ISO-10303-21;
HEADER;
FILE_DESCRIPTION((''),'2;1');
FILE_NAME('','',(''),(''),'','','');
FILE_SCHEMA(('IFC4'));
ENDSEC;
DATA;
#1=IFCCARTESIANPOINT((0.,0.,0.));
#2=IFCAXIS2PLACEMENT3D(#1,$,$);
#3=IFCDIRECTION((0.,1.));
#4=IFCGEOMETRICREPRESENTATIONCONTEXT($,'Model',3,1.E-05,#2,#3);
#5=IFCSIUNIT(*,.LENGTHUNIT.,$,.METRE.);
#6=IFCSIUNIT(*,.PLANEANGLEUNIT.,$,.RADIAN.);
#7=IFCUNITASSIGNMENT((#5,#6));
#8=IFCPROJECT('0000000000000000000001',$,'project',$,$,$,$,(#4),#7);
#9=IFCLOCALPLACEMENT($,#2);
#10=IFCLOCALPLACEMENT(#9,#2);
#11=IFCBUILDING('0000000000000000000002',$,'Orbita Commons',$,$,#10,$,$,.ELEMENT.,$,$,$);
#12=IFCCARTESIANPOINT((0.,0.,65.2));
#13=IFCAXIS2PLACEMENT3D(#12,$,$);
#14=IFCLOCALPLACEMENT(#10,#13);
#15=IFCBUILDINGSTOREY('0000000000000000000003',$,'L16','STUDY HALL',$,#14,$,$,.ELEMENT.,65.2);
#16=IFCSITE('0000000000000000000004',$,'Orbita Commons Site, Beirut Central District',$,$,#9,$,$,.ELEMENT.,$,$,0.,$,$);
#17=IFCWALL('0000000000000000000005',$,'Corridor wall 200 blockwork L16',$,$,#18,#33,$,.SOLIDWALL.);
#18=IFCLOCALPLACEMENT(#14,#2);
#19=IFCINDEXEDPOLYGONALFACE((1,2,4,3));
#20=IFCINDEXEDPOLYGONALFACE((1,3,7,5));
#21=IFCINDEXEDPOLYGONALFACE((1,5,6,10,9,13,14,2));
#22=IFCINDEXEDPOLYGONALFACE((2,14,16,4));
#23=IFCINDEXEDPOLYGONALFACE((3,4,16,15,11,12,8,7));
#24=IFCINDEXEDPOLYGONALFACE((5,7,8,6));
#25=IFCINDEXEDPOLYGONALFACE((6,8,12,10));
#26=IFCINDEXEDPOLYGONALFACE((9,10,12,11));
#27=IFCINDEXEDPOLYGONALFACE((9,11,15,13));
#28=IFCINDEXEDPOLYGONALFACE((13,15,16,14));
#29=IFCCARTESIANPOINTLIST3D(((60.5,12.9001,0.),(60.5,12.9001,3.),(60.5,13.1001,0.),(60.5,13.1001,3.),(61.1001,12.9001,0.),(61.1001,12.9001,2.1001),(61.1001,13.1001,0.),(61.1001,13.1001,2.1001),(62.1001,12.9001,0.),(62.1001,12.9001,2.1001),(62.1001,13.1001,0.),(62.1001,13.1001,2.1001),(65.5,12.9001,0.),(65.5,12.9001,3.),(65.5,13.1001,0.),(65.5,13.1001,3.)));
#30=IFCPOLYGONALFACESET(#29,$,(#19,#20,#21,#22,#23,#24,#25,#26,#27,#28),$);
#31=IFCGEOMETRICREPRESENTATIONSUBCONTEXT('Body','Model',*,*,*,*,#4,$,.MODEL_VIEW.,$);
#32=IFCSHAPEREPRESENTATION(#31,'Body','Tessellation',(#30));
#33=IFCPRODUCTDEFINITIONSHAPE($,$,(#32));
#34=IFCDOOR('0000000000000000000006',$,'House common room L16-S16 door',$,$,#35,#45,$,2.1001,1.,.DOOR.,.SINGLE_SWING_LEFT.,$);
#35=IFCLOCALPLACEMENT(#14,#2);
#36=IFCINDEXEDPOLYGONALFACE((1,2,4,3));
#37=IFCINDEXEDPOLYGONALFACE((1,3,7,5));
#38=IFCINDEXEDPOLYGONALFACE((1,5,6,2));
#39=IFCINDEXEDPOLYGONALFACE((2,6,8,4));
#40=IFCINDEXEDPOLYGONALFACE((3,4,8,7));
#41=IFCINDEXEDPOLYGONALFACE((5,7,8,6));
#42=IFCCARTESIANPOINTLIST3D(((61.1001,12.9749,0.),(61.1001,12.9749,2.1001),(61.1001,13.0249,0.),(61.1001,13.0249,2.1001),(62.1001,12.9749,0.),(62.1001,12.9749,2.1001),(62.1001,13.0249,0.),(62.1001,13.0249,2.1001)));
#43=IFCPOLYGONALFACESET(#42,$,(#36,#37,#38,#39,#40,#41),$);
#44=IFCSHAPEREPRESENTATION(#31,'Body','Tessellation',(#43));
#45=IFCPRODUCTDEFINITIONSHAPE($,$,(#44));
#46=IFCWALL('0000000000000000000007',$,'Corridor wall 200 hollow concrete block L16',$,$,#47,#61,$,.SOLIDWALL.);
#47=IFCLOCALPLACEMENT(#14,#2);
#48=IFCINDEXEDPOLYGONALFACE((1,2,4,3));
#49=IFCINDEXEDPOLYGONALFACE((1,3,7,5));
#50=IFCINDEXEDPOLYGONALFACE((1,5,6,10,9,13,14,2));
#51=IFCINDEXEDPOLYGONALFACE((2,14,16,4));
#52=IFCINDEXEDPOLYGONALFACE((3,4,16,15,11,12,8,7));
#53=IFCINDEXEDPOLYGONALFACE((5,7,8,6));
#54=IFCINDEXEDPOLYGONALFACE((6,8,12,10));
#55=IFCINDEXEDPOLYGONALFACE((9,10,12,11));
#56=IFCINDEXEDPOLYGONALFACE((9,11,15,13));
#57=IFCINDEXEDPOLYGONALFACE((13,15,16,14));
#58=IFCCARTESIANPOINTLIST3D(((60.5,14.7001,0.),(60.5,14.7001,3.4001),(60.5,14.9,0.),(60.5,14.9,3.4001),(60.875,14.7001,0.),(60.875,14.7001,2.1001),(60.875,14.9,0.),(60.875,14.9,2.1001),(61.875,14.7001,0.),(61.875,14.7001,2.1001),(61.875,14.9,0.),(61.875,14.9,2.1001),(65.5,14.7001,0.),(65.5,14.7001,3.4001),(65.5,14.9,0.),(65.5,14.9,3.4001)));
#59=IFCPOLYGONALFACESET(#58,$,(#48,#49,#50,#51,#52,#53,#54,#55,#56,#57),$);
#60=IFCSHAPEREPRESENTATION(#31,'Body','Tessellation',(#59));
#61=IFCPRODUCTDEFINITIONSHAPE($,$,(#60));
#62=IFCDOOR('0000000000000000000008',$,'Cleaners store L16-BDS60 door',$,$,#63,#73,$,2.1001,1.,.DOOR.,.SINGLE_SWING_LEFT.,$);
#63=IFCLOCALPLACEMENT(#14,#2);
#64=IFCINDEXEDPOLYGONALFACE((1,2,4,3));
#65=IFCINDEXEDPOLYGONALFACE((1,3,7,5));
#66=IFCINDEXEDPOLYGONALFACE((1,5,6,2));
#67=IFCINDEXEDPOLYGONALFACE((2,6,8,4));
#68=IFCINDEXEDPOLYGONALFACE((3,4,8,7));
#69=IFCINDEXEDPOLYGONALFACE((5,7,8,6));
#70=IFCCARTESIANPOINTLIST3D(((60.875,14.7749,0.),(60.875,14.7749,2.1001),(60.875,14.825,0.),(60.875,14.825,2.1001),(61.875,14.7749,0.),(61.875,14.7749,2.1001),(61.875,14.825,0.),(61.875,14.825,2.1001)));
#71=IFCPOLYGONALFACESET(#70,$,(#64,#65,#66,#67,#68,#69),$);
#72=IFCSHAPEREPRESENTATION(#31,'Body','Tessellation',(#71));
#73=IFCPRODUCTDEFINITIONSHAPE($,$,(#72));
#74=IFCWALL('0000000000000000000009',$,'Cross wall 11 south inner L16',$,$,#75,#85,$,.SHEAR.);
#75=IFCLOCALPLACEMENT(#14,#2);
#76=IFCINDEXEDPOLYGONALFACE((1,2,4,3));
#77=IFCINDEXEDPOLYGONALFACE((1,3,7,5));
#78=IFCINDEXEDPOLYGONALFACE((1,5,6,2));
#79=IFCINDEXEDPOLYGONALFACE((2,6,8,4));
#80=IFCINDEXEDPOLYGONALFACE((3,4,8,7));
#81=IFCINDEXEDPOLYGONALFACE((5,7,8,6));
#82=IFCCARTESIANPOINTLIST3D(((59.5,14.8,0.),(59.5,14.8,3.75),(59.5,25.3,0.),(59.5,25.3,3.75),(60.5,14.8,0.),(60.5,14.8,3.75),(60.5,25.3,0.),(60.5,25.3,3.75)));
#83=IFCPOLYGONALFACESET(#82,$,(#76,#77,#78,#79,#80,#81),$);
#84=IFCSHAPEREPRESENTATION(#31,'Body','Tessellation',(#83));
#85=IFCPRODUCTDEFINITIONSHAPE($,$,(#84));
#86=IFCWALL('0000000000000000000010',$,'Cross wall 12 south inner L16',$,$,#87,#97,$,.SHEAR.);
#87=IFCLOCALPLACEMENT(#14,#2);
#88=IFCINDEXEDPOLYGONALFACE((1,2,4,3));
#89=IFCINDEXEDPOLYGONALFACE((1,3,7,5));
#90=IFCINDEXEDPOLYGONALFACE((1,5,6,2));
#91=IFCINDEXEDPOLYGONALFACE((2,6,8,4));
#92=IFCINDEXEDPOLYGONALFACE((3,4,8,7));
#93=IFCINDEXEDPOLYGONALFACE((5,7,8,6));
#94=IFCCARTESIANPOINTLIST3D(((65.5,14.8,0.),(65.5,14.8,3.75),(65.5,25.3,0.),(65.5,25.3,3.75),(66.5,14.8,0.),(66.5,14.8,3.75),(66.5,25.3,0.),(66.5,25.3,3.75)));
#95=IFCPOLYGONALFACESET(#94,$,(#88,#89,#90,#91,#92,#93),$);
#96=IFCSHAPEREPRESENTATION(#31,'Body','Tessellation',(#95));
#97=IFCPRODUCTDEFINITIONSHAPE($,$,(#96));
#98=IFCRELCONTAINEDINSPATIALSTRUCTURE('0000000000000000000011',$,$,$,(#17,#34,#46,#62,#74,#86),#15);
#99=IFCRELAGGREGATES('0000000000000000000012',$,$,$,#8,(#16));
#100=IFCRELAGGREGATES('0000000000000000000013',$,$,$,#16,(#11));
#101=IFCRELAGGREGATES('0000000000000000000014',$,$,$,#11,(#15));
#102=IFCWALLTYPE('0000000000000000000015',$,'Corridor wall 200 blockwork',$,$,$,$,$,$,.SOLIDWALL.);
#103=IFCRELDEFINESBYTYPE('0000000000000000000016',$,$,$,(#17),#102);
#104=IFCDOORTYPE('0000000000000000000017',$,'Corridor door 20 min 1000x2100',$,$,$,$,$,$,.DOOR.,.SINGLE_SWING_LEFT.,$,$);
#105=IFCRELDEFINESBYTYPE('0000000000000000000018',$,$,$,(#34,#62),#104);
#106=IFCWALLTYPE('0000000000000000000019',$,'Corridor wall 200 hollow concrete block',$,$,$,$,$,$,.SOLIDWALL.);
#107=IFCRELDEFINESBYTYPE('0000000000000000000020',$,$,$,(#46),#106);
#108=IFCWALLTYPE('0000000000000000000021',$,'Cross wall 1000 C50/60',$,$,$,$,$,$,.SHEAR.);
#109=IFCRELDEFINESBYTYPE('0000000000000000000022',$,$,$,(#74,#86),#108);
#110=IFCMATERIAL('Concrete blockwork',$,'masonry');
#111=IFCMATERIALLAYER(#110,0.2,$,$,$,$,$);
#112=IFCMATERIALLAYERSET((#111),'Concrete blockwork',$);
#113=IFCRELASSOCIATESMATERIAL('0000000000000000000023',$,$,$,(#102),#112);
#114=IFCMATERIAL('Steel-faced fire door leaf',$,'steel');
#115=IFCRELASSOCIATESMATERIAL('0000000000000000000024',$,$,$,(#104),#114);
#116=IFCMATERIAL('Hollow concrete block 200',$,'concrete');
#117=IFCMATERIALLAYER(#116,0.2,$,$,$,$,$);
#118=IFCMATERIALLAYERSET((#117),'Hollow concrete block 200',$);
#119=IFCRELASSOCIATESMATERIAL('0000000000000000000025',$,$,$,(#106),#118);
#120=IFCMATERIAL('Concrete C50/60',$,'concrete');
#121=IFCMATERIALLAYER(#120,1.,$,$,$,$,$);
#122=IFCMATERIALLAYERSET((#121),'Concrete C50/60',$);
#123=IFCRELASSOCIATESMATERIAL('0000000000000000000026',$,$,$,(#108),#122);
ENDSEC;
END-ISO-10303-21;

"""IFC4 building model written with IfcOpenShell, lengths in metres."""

from ifc_helpers import new_model, si_unit, direction, frame, frame_2d, origin, place, context, subcontext, project, spatial, polyline, rectangle, outline, extrude, material, layer, layer_set, type_object, element, fill, save


model = new_model("IFC4")

# Units and contexts
model_context = context("Model", 3, precision=1e-05, world=origin(), true_north=direction((0.0, 1.0)))
body_context = subcontext(model_context, "Body", "Model", "MODEL_VIEW")
ifc_project = project(units=[si_unit("LENGTHUNIT", "METRE"), si_unit("PLANEANGLEUNIT", "RADIAN")], contexts=[model_context])

# Site, building, storey
site_placement = place(None, origin())
site = spatial("IfcSite", under=ifc_project, at=site_placement, Name="Orbita Commons Site, Beirut Central District", CompositionType="ELEMENT", RefElevation=0.0)
building_placement = place(site_placement, origin())
building = spatial("IfcBuilding", under=site, at=building_placement, Name="Orbita Commons", CompositionType="ELEMENT")
storey_placement = place(building_placement, frame((0.0, 0.0, 65.2)))
storey = spatial("IfcBuildingStorey", under=building, at=storey_placement, Name="L16", Description="STUDY HALL", CompositionType="ELEMENT", Elevation=65.2)

# Walls, openings, doors
ifc_material_1 = material(Name="Concrete blockwork", Category="masonry")
ifc_layer_1 = layer(ifc_material_1, 0.2)
ifc_layer_set_1 = layer_set([ifc_layer_1], Name="Concrete blockwork")
wall_type_1 = type_object("IfcWallType", Name="Corridor wall 200 blockwork", PredefinedType="SOLIDWALL", material=ifc_layer_set_1)
wall_1_placement = place(storey_placement, frame((60.5, 13.0, 0.0), z_axis=(0.0, 0.0, 1.0), x_axis=(1.0, 0.0, 0.0)))
wall_1 = element("IfcWall", 1, at=wall_1_placement, inside=storey, type_object=wall_type_1, Name="Corridor wall 200 blockwork L16", PredefinedType="SOLIDWALL", context=body_context, shape_type="SweptSolid", body=[
    extrude(outline(polyline([(0.0, 0.0), (5.0, 0.0), (5.0, 3.0), (0.0, 3.0), (0.0, 0.0)])), frame((0.0, 0.1001, 0.0), z_axis=(0.0, -1.0, 0.0), x_axis=(1.0, 0.0, 0.0)), (0.0, 0.0, 1.0), 0.2),
])
opening_1_placement = place(wall_1_placement, frame((0.6001, 0.0, 0.0)))
opening_1 = element("IfcOpeningElement", 2, at=opening_1_placement, cuts=wall_1, PredefinedType="OPENING", context=body_context, shape_type="SweptSolid", body=[
    extrude(rectangle(XDim=1.0, YDim=2.1001, at=frame_2d((0.5, 1.05))), frame((0.0, 0.1099, 0.0), z_axis=(0.0, -1.0, 0.0), x_axis=(1.0, 0.0, 0.0)), (0.0, 0.0, 1.0), 0.22),
])
ifc_material_2 = material(Name="Steel-faced fire door leaf", Category="steel")
door_type_1 = type_object("IfcDoorType", Name="Corridor door 20 min 1000x2100", OperationType="SINGLE_SWING_LEFT", PredefinedType="DOOR", material=ifc_material_2)
door_1_placement = place(opening_1_placement, origin())
door_1 = element("IfcDoor", 3, at=door_1_placement, inside=storey, type_object=door_type_1, Name="House common room L16-S16 door", OperationType="SINGLE_SWING_LEFT", OverallHeight=2.1001, OverallWidth=1.0, PredefinedType="DOOR", context=body_context, shape_type="SweptSolid", body=[
    extrude(rectangle(XDim=1.0, YDim=2.1001, at=frame_2d((0.5, 1.05))), frame((0.0, 0.0249, 0.0), z_axis=(0.0, -1.0, 0.0), x_axis=(1.0, 0.0, 0.0)), (0.0, 0.0, 1.0), 0.05),
])
fill(opening_1, door_1)
ifc_material_3 = material(Name="Hollow concrete block 200", Category="concrete")
ifc_layer_2 = layer(ifc_material_3, 0.2)
ifc_layer_set_2 = layer_set([ifc_layer_2], Name="Hollow concrete block 200")
wall_type_2 = type_object("IfcWallType", Name="Corridor wall 200 hollow concrete block", PredefinedType="SOLIDWALL", material=ifc_layer_set_2)
wall_2_placement = place(storey_placement, frame((60.5, 14.8, 0.0), z_axis=(0.0, 0.0, 1.0), x_axis=(1.0, 0.0, 0.0)))
wall_2 = element("IfcWall", 4, at=wall_2_placement, inside=storey, type_object=wall_type_2, Name="Corridor wall 200 hollow concrete block L16", PredefinedType="SOLIDWALL", context=body_context, shape_type="SweptSolid", body=[
    extrude(rectangle(XDim=5.0, YDim=0.2, at=frame_2d((2.5, 0.0))), origin(), (0.0, 0.0, 1.0), 3.4001),
])
opening_2_placement = place(wall_2_placement, frame((0.375, 0.0, 0.0)))
opening_2 = element("IfcOpeningElement", 5, at=opening_2_placement, cuts=wall_2, PredefinedType="OPENING", context=body_context, shape_type="SweptSolid", body=[
    extrude(rectangle(XDim=1.0, YDim=2.1001, at=frame_2d((0.5, 1.05))), frame((0.0, 0.1099, 0.0), z_axis=(0.0, -1.0, 0.0), x_axis=(1.0, 0.0, 0.0)), (0.0, 0.0, 1.0), 0.22),
])
door_2_placement = place(opening_2_placement, origin())
door_2 = element("IfcDoor", 6, at=door_2_placement, inside=storey, type_object=door_type_1, Name="Cleaners store L16-BDS60 door", OperationType="SINGLE_SWING_LEFT", OverallHeight=2.1001, OverallWidth=1.0, PredefinedType="DOOR", context=body_context, shape_type="SweptSolid", body=[
    extrude(rectangle(XDim=1.0, YDim=2.1001, at=frame_2d((0.5, 1.05))), frame((0.0, 0.0249, 0.0), z_axis=(0.0, -1.0, 0.0), x_axis=(1.0, 0.0, 0.0)), (0.0, 0.0, 1.0), 0.05),
])
fill(opening_2, door_2)

# Walls
ifc_material_4 = material(Name="Concrete C50/60", Category="concrete")
ifc_layer_3 = layer(ifc_material_4, 1.0)
ifc_layer_set_3 = layer_set([ifc_layer_3], Name="Concrete C50/60")
wall_type_3 = type_object("IfcWallType", Name="Cross wall 1000 C50/60", PredefinedType="SHEAR", material=ifc_layer_set_3)
for number, where, z_axis, x_axis, name in (
    (7, (60.0, 14.8, 0.0), (0.0, 0.0, 1.0), (0.0, 1.0, 0.0), "Cross wall 11 south inner L16"),
    (8, (66.0, 14.8, 0.0), (0.0, 0.0, 1.0), (0.0, 1.0, 0.0), "Cross wall 12 south inner L16"),
):
    element("IfcWall", number, at=place(storey_placement, frame(where, z_axis=z_axis, x_axis=x_axis)), inside=storey, type_object=wall_type_3, Name=name, PredefinedType="SHEAR", context=body_context, shape_type="SweptSolid", body=[
        extrude(rectangle(XDim=10.5, YDim=1.0, at=frame_2d((5.25, 0.0))), origin(), (0.0, 0.0, 1.0), 3.75),
    ])

save(model, "model.ifc")
